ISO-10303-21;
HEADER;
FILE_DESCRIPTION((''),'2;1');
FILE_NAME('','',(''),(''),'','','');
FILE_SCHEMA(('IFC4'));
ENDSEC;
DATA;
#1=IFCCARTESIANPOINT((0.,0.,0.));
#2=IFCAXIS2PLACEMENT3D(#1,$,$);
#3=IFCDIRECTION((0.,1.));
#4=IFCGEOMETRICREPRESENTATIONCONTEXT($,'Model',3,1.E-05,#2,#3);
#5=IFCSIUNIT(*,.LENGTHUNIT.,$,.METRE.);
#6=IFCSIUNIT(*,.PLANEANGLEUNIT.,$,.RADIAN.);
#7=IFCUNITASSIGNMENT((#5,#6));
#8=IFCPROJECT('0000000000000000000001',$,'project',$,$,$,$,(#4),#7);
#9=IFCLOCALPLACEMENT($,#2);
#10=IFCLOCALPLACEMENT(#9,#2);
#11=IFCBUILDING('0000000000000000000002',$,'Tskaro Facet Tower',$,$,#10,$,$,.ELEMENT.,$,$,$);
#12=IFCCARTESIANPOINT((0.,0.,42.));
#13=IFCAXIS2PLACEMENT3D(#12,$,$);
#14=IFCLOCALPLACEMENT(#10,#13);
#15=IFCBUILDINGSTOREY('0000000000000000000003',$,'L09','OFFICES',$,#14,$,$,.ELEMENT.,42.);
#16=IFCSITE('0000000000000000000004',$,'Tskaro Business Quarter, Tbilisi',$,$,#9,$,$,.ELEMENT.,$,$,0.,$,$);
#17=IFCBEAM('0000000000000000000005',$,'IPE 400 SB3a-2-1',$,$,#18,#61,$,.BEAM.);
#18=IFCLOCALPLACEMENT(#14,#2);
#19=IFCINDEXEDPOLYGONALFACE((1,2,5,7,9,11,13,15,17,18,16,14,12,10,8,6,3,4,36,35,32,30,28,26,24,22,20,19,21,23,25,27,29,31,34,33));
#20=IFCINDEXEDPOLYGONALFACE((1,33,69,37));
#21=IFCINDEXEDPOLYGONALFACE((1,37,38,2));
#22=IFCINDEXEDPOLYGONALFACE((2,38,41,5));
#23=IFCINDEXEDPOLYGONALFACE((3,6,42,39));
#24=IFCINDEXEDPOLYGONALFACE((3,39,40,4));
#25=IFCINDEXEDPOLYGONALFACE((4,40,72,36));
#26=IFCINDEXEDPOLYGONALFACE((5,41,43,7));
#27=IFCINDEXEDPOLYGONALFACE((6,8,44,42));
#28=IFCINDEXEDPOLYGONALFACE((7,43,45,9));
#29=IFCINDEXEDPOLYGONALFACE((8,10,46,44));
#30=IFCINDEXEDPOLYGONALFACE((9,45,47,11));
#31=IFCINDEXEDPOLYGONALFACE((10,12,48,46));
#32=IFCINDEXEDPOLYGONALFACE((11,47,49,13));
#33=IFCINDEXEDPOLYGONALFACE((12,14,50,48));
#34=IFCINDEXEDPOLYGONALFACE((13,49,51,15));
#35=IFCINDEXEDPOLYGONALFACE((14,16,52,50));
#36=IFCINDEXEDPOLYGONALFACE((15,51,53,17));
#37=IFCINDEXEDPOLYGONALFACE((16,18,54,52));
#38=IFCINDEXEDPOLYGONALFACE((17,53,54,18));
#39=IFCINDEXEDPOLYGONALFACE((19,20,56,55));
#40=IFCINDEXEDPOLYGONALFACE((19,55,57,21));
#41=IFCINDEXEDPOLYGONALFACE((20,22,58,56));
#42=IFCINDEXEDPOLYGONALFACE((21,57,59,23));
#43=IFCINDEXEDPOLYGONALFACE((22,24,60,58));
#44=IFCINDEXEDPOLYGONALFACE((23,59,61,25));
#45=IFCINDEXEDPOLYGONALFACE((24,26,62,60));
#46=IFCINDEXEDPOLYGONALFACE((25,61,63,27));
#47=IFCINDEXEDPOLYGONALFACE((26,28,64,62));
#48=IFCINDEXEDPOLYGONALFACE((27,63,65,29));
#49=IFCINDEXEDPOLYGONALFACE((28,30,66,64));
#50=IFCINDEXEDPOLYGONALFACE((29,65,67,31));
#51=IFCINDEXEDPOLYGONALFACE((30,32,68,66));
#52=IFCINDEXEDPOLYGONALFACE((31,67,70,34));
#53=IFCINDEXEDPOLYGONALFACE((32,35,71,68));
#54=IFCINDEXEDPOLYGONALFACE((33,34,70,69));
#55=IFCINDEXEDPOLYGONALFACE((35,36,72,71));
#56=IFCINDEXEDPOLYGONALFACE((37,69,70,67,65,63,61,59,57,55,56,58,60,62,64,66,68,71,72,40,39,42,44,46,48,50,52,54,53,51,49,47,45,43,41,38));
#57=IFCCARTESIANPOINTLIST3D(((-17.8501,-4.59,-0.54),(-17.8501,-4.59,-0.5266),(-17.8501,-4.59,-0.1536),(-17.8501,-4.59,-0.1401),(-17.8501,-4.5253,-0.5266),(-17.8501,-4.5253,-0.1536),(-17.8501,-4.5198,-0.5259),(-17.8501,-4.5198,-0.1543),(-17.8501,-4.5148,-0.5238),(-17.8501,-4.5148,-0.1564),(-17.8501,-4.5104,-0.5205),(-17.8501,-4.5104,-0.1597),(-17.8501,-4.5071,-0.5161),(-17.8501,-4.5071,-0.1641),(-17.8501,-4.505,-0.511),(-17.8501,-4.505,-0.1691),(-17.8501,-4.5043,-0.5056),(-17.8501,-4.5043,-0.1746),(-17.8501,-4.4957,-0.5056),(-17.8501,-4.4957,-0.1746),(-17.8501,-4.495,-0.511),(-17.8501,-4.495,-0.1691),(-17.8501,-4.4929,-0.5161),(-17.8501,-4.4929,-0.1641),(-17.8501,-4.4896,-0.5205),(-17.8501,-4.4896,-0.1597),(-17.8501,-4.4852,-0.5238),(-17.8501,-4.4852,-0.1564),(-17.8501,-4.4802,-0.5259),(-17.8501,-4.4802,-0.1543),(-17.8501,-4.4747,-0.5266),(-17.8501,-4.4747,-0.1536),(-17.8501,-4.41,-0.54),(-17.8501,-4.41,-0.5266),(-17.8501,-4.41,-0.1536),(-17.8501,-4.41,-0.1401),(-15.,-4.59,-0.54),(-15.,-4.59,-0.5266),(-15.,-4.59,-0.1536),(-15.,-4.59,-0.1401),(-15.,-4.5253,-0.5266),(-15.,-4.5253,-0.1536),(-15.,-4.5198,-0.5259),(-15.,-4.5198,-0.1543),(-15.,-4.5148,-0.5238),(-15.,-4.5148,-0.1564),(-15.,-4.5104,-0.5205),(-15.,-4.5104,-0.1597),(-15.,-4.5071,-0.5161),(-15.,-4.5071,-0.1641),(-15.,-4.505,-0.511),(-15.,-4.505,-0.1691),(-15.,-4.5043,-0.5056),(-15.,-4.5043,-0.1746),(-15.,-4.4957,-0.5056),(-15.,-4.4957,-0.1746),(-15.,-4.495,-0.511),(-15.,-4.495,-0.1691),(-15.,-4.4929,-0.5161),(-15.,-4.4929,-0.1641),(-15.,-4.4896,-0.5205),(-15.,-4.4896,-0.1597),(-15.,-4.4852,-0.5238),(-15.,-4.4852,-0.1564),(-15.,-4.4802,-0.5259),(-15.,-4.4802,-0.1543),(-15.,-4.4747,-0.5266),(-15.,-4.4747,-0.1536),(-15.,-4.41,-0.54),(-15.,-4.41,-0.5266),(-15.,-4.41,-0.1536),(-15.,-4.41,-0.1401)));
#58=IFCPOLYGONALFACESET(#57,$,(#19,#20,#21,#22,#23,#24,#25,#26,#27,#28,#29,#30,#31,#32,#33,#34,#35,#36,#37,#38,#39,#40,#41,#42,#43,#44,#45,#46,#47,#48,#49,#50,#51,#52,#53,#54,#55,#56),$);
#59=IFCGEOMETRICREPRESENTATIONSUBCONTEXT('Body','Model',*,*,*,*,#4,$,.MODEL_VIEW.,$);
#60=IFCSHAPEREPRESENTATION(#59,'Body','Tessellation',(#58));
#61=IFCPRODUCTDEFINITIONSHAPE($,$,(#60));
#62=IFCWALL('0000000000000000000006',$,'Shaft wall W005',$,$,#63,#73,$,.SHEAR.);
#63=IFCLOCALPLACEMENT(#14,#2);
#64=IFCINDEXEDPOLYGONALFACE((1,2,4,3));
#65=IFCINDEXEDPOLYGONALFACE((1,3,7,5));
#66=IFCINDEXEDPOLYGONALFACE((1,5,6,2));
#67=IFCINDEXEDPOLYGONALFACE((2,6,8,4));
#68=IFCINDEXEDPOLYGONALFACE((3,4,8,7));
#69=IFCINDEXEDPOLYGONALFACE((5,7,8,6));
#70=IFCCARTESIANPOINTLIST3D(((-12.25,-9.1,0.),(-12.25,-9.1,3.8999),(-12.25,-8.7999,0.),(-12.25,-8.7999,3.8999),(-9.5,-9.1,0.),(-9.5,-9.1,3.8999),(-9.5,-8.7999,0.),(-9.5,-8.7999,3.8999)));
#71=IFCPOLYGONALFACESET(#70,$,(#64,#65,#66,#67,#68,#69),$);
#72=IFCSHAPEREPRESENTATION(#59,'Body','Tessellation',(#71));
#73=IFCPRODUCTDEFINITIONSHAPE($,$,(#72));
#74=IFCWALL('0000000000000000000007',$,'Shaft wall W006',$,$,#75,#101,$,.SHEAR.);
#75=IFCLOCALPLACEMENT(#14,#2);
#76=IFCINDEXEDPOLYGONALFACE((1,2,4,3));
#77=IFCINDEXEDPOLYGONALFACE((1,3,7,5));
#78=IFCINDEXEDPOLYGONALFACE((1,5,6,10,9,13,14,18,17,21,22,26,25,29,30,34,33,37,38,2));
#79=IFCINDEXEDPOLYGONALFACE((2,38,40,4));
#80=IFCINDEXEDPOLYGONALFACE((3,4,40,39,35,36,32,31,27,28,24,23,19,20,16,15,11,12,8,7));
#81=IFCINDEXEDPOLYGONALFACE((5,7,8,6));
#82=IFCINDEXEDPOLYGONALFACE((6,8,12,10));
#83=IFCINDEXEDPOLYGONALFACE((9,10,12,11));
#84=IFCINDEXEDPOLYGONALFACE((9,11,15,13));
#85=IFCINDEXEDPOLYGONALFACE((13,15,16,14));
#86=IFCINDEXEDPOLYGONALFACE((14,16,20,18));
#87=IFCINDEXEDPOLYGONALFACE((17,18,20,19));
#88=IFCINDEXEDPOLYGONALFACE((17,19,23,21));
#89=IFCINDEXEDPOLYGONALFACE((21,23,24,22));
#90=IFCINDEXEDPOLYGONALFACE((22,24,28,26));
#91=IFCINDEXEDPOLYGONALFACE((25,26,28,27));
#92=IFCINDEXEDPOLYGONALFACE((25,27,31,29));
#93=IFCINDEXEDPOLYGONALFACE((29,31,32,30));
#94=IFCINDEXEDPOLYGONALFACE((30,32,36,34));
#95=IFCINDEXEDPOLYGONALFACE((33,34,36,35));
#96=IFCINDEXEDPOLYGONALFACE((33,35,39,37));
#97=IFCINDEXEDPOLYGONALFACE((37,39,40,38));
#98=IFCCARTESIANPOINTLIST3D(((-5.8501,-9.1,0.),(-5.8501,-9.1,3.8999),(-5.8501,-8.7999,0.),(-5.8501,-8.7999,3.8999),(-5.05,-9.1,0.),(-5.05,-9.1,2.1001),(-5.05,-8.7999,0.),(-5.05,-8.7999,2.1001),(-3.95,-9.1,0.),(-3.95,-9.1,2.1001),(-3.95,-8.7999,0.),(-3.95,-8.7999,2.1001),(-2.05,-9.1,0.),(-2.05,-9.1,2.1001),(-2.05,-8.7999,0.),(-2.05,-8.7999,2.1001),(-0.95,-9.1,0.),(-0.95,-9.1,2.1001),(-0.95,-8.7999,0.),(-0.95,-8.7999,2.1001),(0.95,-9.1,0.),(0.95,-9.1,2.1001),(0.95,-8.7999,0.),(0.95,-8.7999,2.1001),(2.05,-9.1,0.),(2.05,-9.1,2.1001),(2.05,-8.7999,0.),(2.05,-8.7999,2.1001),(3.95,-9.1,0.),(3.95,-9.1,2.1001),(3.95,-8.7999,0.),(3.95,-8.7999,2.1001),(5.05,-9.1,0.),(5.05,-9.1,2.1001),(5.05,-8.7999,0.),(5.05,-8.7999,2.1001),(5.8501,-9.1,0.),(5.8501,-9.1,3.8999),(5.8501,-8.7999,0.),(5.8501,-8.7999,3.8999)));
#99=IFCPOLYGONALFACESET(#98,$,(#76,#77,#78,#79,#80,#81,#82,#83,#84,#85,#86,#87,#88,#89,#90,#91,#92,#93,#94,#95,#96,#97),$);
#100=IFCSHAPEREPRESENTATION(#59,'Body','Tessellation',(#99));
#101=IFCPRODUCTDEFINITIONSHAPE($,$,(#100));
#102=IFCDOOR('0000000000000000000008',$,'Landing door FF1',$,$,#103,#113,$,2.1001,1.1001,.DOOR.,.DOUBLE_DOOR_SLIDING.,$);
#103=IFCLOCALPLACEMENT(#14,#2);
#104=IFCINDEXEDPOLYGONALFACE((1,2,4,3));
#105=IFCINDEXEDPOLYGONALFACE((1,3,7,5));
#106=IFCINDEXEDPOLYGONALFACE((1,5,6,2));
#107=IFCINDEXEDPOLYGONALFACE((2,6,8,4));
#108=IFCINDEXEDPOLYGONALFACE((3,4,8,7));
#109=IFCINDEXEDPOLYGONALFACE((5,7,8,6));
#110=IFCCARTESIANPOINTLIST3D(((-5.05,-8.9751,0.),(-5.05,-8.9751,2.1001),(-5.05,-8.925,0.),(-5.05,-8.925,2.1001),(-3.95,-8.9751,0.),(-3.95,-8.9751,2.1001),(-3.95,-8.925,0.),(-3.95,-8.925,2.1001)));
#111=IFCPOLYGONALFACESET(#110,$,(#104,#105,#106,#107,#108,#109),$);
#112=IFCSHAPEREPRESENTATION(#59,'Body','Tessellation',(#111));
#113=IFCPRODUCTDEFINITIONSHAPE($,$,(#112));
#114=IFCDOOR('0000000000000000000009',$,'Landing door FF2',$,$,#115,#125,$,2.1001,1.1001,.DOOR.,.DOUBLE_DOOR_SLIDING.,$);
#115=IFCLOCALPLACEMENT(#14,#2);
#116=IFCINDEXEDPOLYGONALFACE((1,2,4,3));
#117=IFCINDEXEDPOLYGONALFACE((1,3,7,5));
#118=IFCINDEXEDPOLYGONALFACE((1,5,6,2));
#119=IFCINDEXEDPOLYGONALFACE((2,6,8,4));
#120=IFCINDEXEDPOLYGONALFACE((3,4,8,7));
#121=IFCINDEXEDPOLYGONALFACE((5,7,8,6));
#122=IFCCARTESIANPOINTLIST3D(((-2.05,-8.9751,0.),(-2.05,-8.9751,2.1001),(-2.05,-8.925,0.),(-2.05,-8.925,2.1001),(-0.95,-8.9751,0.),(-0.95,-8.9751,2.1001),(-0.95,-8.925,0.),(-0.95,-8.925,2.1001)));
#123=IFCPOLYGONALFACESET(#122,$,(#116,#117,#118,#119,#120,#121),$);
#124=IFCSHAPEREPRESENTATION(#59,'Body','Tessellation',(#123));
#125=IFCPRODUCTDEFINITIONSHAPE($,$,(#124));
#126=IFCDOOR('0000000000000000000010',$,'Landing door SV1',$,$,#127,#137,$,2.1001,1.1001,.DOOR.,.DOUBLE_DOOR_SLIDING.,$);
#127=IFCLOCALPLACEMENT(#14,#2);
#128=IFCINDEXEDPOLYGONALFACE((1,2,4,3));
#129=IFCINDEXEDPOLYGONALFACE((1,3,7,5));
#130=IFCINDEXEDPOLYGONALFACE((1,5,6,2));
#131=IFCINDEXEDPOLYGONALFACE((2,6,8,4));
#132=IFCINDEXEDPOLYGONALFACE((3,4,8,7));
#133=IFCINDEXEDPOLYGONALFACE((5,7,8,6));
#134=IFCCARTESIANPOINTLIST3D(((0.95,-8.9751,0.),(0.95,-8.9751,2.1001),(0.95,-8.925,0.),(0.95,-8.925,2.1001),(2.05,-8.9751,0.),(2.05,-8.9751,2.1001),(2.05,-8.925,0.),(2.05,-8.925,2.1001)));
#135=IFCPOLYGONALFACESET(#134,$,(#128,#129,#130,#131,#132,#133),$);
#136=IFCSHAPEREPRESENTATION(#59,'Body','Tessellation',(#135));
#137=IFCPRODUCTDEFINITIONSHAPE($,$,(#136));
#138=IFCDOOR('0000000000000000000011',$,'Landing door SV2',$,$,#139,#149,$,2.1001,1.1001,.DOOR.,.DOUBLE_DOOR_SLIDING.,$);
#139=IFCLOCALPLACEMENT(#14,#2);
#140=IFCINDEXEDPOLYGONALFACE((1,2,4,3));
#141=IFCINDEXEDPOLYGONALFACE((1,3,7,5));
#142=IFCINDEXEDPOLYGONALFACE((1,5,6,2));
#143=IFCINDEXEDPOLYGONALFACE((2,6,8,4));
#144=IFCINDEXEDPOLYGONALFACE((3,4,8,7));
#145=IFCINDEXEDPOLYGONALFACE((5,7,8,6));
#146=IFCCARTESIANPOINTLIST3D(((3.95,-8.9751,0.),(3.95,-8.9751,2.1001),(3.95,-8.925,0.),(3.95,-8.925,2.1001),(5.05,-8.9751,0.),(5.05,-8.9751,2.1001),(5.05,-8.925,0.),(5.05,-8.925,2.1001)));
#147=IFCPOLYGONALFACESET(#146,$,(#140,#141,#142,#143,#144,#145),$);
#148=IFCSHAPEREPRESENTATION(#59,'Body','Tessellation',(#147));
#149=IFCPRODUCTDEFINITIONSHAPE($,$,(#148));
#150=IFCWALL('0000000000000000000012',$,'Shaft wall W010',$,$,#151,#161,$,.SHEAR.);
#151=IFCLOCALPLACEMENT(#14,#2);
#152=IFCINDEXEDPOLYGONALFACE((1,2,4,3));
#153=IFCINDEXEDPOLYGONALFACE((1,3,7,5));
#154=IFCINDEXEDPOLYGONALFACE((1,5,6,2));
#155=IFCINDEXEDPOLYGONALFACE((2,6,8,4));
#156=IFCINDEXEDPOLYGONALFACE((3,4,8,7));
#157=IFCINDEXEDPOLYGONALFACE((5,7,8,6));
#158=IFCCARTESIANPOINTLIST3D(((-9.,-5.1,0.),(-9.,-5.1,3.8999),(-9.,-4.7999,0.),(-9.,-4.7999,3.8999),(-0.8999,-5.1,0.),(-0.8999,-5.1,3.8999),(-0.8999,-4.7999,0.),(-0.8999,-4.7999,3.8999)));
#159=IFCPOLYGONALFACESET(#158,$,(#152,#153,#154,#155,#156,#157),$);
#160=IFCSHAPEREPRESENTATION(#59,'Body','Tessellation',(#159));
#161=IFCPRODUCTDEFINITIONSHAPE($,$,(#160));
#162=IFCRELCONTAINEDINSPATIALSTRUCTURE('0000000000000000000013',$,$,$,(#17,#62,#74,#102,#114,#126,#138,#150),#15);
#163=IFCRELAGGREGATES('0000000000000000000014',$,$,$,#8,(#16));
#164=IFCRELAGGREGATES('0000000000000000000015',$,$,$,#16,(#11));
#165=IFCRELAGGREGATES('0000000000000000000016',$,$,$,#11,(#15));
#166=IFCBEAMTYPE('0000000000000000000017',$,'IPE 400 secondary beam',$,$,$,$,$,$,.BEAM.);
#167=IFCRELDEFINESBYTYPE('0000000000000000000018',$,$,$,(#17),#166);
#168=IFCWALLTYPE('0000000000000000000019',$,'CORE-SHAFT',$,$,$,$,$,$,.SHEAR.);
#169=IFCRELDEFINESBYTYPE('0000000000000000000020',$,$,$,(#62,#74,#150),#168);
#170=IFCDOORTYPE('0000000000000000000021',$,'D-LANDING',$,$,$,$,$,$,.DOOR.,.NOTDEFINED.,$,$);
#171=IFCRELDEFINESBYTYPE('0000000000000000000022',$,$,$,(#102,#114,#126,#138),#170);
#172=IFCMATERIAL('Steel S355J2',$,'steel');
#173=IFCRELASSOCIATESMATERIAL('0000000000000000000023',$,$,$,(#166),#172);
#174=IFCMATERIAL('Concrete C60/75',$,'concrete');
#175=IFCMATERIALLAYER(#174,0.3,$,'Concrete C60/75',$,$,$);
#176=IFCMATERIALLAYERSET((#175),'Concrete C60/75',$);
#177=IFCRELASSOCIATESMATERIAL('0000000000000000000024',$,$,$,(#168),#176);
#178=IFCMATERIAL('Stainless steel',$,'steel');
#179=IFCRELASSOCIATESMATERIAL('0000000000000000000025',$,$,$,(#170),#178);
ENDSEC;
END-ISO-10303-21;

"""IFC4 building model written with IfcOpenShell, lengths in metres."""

from ifc_helpers import new_model, si_unit, direction, frame, frame_2d, origin, origin_2d, place, context, subcontext, project, spatial, rectangle, i_section, extrude, material, layer, layer_set, material_profile, profile_set, type_object, element, fill, save


model = new_model("IFC4")

# Units and contexts
model_context = context("Model", 3, precision=1e-05, world=origin(), true_north=direction((0.0, 1.0)))
body_context = subcontext(model_context, "Body", "Model", "MODEL_VIEW")
ifc_project = project(units=[si_unit("LENGTHUNIT", "METRE"), si_unit("PLANEANGLEUNIT", "RADIAN")], contexts=[model_context])

# Site, building, storey
site_placement = place(None, origin())
site = spatial("IfcSite", under=ifc_project, at=site_placement, Name="Tskaro Business Quarter, Tbilisi", CompositionType="ELEMENT", RefElevation=0.0)
building_placement = place(site_placement, origin())
building = spatial("IfcBuilding", under=site, at=building_placement, Name="Tskaro Facet Tower", CompositionType="ELEMENT")
storey_placement = place(building_placement, frame((0.0, 0.0, 42.0)))
storey = spatial("IfcBuildingStorey", under=building, at=storey_placement, Name="L09", Description="OFFICES", CompositionType="ELEMENT", Elevation=42.0)

# Beam
ifc_material_1 = material(Name="Steel S355J2", Category="steel")
ifc_material_profile = material_profile(ifc_material_1, i_section(OverallWidth=0.1799, OverallDepth=0.3999, WebThickness=0.0085, FlangeThickness=0.0134, FilletRadius=0.021, at=origin_2d()), Name="IPE 400")
ifc_profile_set = profile_set([ifc_material_profile], Name="Steel S355J2")
beam_type = type_object("IfcBeamType", Name="IPE 400 secondary beam", PredefinedType="BEAM", material=ifc_profile_set)
beam_placement = place(storey_placement, frame((-17.8501, -4.5, -0.3401), z_axis=(1.0, 0.0, 0.0), x_axis=(0.0, 1.0, 0.0)))
element("IfcBeam", 1, at=beam_placement, inside=storey, type_object=beam_type, Name="IPE 400 SB3a-2-1", PredefinedType="BEAM", context=body_context, shape_type="SweptSolid", body=[
    extrude(i_section(OverallWidth=0.1799, OverallDepth=0.3999, WebThickness=0.0085, FlangeThickness=0.0134, FilletRadius=0.021, at=origin_2d()), origin(), (0.0, 0.0, 1.0), 2.8501),
])

# Wall
ifc_material_2 = material(Name="Concrete C60/75", Category="concrete")
ifc_layer = layer(ifc_material_2, 0.3, Name="Concrete C60/75")
ifc_layer_set = layer_set([ifc_layer], Name="Concrete C60/75")
wall_type = type_object("IfcWallType", Name="CORE-SHAFT", PredefinedType="SHEAR", material=ifc_layer_set)
wall_1_placement = place(storey_placement, frame((-12.25, -8.95, 0.0), z_axis=(0.0, 0.0, 1.0), x_axis=(1.0, 0.0, 0.0)))
element("IfcWall", 2, at=wall_1_placement, inside=storey, type_object=wall_type, Name="Shaft wall W005", PredefinedType="SHEAR", context=body_context, shape_type="SweptSolid", body=[
    extrude(rectangle(XDim=2.75, YDim=0.3, at=frame_2d((1.375, 0.0))), origin(), (0.0, 0.0, 1.0), 3.8999),
])

# Wall, openings, doors
wall_2_placement = place(storey_placement, frame((-5.8501, -8.95, 0.0), z_axis=(0.0, 0.0, 1.0), x_axis=(1.0, 0.0, 0.0)))
wall_2 = element("IfcWall", 3, at=wall_2_placement, inside=storey, type_object=wall_type, Name="Shaft wall W006", PredefinedType="SHEAR", context=body_context, shape_type="SweptSolid", body=[
    extrude(rectangle(XDim=11.7002, YDim=0.3, at=frame_2d((5.8501, 0.0))), origin(), (0.0, 0.0, 1.0), 3.8999),
])
opening_1_placement = place(wall_2_placement, frame((0.8, 0.0, 0.0)))
opening_1 = element("IfcOpeningElement", 4, at=opening_1_placement, cuts=wall_2, PredefinedType="OPENING", context=body_context, shape_type="SweptSolid", body=[
    extrude(rectangle(XDim=1.1001, YDim=2.1001, at=frame_2d((0.55, 1.05))), frame((0.0, 0.1599, 0.0), z_axis=(0.0, -1.0, 0.0), x_axis=(1.0, 0.0, 0.0)), (0.0, 0.0, 1.0), 0.3201),
])
opening_2_placement = place(wall_2_placement, frame((3.8, 0.0, 0.0)))
opening_2 = element("IfcOpeningElement", 5, at=opening_2_placement, cuts=wall_2, PredefinedType="OPENING", context=body_context, shape_type="SweptSolid", body=[
    extrude(rectangle(XDim=1.1001, YDim=2.1001, at=frame_2d((0.55, 1.05))), frame((0.0, 0.1599, 0.0), z_axis=(0.0, -1.0, 0.0), x_axis=(1.0, 0.0, 0.0)), (0.0, 0.0, 1.0), 0.3201),
])
opening_3_placement = place(wall_2_placement, frame((6.8, 0.0, 0.0)))
opening_3 = element("IfcOpeningElement", 6, at=opening_3_placement, cuts=wall_2, PredefinedType="OPENING", context=body_context, shape_type="SweptSolid", body=[
    extrude(rectangle(XDim=1.1001, YDim=2.1001, at=frame_2d((0.55, 1.05))), frame((0.0, 0.1599, 0.0), z_axis=(0.0, -1.0, 0.0), x_axis=(1.0, 0.0, 0.0)), (0.0, 0.0, 1.0), 0.3201),
])
opening_4_placement = place(wall_2_placement, frame((9.8, 0.0, 0.0)))
opening_4 = element("IfcOpeningElement", 7, at=opening_4_placement, cuts=wall_2, PredefinedType="OPENING", context=body_context, shape_type="SweptSolid", body=[
    extrude(rectangle(XDim=1.1001, YDim=2.1001, at=frame_2d((0.55, 1.05))), frame((0.0, 0.1599, 0.0), z_axis=(0.0, -1.0, 0.0), x_axis=(1.0, 0.0, 0.0)), (0.0, 0.0, 1.0), 0.3201),
])
ifc_material_3 = material(Name="Stainless steel", Category="steel")
door_type = type_object("IfcDoorType", Name="D-LANDING", OperationType="NOTDEFINED", PredefinedType="DOOR", material=ifc_material_3)
door_1_placement = place(opening_1_placement, origin())
door_1 = element("IfcDoor", 8, at=door_1_placement, inside=storey, type_object=door_type, Name="Landing door FF1", OperationType="DOUBLE_DOOR_SLIDING", OverallHeight=2.1001, OverallWidth=1.1001, PredefinedType="DOOR", context=body_context, shape_type="SweptSolid", body=[
    extrude(rectangle(XDim=1.1001, YDim=2.1001, at=frame_2d((0.55, 1.05))), frame((0.0, 0.0249, 0.0), z_axis=(0.0, -1.0, 0.0), x_axis=(1.0, 0.0, 0.0)), (0.0, 0.0, 1.0), 0.05),
])
fill(opening_1, door_1)
door_2_placement = place(opening_2_placement, origin())
door_2 = element("IfcDoor", 9, at=door_2_placement, inside=storey, type_object=door_type, Name="Landing door FF2", OperationType="DOUBLE_DOOR_SLIDING", OverallHeight=2.1001, OverallWidth=1.1001, PredefinedType="DOOR", context=body_context, shape_type="SweptSolid", body=[
    extrude(rectangle(XDim=1.1001, YDim=2.1001, at=frame_2d((0.55, 1.05))), frame((0.0, 0.0249, 0.0), z_axis=(0.0, -1.0, 0.0), x_axis=(1.0, 0.0, 0.0)), (0.0, 0.0, 1.0), 0.05),
])
fill(opening_2, door_2)
door_3_placement = place(opening_3_placement, origin())
door_3 = element("IfcDoor", 10, at=door_3_placement, inside=storey, type_object=door_type, Name="Landing door SV1", OperationType="DOUBLE_DOOR_SLIDING", OverallHeight=2.1001, OverallWidth=1.1001, PredefinedType="DOOR", context=body_context, shape_type="SweptSolid", body=[
    extrude(rectangle(XDim=1.1001, YDim=2.1001, at=frame_2d((0.55, 1.05))), frame((0.0, 0.0249, 0.0), z_axis=(0.0, -1.0, 0.0), x_axis=(1.0, 0.0, 0.0)), (0.0, 0.0, 1.0), 0.05),
])
fill(opening_3, door_3)
door_4_placement = place(opening_4_placement, origin())
door_4 = element("IfcDoor", 11, at=door_4_placement, inside=storey, type_object=door_type, Name="Landing door SV2", OperationType="DOUBLE_DOOR_SLIDING", OverallHeight=2.1001, OverallWidth=1.1001, PredefinedType="DOOR", context=body_context, shape_type="SweptSolid", body=[
    extrude(rectangle(XDim=1.1001, YDim=2.1001, at=frame_2d((0.55, 1.05))), frame((0.0, 0.0249, 0.0), z_axis=(0.0, -1.0, 0.0), x_axis=(1.0, 0.0, 0.0)), (0.0, 0.0, 1.0), 0.05),
])
fill(opening_4, door_4)

# Wall
wall_3_placement = place(storey_placement, frame((-9.0, -4.95, 0.0), z_axis=(0.0, 0.0, 1.0), x_axis=(1.0, 0.0, 0.0)))
element("IfcWall", 12, at=wall_3_placement, inside=storey, type_object=wall_type, Name="Shaft wall W010", PredefinedType="SHEAR", context=body_context, shape_type="SweptSolid", body=[
    extrude(rectangle(XDim=8.1001, YDim=0.3, at=frame_2d((4.05, 0.0))), origin(), (0.0, 0.0, 1.0), 3.8999),
])

save(model, "model.ifc")
